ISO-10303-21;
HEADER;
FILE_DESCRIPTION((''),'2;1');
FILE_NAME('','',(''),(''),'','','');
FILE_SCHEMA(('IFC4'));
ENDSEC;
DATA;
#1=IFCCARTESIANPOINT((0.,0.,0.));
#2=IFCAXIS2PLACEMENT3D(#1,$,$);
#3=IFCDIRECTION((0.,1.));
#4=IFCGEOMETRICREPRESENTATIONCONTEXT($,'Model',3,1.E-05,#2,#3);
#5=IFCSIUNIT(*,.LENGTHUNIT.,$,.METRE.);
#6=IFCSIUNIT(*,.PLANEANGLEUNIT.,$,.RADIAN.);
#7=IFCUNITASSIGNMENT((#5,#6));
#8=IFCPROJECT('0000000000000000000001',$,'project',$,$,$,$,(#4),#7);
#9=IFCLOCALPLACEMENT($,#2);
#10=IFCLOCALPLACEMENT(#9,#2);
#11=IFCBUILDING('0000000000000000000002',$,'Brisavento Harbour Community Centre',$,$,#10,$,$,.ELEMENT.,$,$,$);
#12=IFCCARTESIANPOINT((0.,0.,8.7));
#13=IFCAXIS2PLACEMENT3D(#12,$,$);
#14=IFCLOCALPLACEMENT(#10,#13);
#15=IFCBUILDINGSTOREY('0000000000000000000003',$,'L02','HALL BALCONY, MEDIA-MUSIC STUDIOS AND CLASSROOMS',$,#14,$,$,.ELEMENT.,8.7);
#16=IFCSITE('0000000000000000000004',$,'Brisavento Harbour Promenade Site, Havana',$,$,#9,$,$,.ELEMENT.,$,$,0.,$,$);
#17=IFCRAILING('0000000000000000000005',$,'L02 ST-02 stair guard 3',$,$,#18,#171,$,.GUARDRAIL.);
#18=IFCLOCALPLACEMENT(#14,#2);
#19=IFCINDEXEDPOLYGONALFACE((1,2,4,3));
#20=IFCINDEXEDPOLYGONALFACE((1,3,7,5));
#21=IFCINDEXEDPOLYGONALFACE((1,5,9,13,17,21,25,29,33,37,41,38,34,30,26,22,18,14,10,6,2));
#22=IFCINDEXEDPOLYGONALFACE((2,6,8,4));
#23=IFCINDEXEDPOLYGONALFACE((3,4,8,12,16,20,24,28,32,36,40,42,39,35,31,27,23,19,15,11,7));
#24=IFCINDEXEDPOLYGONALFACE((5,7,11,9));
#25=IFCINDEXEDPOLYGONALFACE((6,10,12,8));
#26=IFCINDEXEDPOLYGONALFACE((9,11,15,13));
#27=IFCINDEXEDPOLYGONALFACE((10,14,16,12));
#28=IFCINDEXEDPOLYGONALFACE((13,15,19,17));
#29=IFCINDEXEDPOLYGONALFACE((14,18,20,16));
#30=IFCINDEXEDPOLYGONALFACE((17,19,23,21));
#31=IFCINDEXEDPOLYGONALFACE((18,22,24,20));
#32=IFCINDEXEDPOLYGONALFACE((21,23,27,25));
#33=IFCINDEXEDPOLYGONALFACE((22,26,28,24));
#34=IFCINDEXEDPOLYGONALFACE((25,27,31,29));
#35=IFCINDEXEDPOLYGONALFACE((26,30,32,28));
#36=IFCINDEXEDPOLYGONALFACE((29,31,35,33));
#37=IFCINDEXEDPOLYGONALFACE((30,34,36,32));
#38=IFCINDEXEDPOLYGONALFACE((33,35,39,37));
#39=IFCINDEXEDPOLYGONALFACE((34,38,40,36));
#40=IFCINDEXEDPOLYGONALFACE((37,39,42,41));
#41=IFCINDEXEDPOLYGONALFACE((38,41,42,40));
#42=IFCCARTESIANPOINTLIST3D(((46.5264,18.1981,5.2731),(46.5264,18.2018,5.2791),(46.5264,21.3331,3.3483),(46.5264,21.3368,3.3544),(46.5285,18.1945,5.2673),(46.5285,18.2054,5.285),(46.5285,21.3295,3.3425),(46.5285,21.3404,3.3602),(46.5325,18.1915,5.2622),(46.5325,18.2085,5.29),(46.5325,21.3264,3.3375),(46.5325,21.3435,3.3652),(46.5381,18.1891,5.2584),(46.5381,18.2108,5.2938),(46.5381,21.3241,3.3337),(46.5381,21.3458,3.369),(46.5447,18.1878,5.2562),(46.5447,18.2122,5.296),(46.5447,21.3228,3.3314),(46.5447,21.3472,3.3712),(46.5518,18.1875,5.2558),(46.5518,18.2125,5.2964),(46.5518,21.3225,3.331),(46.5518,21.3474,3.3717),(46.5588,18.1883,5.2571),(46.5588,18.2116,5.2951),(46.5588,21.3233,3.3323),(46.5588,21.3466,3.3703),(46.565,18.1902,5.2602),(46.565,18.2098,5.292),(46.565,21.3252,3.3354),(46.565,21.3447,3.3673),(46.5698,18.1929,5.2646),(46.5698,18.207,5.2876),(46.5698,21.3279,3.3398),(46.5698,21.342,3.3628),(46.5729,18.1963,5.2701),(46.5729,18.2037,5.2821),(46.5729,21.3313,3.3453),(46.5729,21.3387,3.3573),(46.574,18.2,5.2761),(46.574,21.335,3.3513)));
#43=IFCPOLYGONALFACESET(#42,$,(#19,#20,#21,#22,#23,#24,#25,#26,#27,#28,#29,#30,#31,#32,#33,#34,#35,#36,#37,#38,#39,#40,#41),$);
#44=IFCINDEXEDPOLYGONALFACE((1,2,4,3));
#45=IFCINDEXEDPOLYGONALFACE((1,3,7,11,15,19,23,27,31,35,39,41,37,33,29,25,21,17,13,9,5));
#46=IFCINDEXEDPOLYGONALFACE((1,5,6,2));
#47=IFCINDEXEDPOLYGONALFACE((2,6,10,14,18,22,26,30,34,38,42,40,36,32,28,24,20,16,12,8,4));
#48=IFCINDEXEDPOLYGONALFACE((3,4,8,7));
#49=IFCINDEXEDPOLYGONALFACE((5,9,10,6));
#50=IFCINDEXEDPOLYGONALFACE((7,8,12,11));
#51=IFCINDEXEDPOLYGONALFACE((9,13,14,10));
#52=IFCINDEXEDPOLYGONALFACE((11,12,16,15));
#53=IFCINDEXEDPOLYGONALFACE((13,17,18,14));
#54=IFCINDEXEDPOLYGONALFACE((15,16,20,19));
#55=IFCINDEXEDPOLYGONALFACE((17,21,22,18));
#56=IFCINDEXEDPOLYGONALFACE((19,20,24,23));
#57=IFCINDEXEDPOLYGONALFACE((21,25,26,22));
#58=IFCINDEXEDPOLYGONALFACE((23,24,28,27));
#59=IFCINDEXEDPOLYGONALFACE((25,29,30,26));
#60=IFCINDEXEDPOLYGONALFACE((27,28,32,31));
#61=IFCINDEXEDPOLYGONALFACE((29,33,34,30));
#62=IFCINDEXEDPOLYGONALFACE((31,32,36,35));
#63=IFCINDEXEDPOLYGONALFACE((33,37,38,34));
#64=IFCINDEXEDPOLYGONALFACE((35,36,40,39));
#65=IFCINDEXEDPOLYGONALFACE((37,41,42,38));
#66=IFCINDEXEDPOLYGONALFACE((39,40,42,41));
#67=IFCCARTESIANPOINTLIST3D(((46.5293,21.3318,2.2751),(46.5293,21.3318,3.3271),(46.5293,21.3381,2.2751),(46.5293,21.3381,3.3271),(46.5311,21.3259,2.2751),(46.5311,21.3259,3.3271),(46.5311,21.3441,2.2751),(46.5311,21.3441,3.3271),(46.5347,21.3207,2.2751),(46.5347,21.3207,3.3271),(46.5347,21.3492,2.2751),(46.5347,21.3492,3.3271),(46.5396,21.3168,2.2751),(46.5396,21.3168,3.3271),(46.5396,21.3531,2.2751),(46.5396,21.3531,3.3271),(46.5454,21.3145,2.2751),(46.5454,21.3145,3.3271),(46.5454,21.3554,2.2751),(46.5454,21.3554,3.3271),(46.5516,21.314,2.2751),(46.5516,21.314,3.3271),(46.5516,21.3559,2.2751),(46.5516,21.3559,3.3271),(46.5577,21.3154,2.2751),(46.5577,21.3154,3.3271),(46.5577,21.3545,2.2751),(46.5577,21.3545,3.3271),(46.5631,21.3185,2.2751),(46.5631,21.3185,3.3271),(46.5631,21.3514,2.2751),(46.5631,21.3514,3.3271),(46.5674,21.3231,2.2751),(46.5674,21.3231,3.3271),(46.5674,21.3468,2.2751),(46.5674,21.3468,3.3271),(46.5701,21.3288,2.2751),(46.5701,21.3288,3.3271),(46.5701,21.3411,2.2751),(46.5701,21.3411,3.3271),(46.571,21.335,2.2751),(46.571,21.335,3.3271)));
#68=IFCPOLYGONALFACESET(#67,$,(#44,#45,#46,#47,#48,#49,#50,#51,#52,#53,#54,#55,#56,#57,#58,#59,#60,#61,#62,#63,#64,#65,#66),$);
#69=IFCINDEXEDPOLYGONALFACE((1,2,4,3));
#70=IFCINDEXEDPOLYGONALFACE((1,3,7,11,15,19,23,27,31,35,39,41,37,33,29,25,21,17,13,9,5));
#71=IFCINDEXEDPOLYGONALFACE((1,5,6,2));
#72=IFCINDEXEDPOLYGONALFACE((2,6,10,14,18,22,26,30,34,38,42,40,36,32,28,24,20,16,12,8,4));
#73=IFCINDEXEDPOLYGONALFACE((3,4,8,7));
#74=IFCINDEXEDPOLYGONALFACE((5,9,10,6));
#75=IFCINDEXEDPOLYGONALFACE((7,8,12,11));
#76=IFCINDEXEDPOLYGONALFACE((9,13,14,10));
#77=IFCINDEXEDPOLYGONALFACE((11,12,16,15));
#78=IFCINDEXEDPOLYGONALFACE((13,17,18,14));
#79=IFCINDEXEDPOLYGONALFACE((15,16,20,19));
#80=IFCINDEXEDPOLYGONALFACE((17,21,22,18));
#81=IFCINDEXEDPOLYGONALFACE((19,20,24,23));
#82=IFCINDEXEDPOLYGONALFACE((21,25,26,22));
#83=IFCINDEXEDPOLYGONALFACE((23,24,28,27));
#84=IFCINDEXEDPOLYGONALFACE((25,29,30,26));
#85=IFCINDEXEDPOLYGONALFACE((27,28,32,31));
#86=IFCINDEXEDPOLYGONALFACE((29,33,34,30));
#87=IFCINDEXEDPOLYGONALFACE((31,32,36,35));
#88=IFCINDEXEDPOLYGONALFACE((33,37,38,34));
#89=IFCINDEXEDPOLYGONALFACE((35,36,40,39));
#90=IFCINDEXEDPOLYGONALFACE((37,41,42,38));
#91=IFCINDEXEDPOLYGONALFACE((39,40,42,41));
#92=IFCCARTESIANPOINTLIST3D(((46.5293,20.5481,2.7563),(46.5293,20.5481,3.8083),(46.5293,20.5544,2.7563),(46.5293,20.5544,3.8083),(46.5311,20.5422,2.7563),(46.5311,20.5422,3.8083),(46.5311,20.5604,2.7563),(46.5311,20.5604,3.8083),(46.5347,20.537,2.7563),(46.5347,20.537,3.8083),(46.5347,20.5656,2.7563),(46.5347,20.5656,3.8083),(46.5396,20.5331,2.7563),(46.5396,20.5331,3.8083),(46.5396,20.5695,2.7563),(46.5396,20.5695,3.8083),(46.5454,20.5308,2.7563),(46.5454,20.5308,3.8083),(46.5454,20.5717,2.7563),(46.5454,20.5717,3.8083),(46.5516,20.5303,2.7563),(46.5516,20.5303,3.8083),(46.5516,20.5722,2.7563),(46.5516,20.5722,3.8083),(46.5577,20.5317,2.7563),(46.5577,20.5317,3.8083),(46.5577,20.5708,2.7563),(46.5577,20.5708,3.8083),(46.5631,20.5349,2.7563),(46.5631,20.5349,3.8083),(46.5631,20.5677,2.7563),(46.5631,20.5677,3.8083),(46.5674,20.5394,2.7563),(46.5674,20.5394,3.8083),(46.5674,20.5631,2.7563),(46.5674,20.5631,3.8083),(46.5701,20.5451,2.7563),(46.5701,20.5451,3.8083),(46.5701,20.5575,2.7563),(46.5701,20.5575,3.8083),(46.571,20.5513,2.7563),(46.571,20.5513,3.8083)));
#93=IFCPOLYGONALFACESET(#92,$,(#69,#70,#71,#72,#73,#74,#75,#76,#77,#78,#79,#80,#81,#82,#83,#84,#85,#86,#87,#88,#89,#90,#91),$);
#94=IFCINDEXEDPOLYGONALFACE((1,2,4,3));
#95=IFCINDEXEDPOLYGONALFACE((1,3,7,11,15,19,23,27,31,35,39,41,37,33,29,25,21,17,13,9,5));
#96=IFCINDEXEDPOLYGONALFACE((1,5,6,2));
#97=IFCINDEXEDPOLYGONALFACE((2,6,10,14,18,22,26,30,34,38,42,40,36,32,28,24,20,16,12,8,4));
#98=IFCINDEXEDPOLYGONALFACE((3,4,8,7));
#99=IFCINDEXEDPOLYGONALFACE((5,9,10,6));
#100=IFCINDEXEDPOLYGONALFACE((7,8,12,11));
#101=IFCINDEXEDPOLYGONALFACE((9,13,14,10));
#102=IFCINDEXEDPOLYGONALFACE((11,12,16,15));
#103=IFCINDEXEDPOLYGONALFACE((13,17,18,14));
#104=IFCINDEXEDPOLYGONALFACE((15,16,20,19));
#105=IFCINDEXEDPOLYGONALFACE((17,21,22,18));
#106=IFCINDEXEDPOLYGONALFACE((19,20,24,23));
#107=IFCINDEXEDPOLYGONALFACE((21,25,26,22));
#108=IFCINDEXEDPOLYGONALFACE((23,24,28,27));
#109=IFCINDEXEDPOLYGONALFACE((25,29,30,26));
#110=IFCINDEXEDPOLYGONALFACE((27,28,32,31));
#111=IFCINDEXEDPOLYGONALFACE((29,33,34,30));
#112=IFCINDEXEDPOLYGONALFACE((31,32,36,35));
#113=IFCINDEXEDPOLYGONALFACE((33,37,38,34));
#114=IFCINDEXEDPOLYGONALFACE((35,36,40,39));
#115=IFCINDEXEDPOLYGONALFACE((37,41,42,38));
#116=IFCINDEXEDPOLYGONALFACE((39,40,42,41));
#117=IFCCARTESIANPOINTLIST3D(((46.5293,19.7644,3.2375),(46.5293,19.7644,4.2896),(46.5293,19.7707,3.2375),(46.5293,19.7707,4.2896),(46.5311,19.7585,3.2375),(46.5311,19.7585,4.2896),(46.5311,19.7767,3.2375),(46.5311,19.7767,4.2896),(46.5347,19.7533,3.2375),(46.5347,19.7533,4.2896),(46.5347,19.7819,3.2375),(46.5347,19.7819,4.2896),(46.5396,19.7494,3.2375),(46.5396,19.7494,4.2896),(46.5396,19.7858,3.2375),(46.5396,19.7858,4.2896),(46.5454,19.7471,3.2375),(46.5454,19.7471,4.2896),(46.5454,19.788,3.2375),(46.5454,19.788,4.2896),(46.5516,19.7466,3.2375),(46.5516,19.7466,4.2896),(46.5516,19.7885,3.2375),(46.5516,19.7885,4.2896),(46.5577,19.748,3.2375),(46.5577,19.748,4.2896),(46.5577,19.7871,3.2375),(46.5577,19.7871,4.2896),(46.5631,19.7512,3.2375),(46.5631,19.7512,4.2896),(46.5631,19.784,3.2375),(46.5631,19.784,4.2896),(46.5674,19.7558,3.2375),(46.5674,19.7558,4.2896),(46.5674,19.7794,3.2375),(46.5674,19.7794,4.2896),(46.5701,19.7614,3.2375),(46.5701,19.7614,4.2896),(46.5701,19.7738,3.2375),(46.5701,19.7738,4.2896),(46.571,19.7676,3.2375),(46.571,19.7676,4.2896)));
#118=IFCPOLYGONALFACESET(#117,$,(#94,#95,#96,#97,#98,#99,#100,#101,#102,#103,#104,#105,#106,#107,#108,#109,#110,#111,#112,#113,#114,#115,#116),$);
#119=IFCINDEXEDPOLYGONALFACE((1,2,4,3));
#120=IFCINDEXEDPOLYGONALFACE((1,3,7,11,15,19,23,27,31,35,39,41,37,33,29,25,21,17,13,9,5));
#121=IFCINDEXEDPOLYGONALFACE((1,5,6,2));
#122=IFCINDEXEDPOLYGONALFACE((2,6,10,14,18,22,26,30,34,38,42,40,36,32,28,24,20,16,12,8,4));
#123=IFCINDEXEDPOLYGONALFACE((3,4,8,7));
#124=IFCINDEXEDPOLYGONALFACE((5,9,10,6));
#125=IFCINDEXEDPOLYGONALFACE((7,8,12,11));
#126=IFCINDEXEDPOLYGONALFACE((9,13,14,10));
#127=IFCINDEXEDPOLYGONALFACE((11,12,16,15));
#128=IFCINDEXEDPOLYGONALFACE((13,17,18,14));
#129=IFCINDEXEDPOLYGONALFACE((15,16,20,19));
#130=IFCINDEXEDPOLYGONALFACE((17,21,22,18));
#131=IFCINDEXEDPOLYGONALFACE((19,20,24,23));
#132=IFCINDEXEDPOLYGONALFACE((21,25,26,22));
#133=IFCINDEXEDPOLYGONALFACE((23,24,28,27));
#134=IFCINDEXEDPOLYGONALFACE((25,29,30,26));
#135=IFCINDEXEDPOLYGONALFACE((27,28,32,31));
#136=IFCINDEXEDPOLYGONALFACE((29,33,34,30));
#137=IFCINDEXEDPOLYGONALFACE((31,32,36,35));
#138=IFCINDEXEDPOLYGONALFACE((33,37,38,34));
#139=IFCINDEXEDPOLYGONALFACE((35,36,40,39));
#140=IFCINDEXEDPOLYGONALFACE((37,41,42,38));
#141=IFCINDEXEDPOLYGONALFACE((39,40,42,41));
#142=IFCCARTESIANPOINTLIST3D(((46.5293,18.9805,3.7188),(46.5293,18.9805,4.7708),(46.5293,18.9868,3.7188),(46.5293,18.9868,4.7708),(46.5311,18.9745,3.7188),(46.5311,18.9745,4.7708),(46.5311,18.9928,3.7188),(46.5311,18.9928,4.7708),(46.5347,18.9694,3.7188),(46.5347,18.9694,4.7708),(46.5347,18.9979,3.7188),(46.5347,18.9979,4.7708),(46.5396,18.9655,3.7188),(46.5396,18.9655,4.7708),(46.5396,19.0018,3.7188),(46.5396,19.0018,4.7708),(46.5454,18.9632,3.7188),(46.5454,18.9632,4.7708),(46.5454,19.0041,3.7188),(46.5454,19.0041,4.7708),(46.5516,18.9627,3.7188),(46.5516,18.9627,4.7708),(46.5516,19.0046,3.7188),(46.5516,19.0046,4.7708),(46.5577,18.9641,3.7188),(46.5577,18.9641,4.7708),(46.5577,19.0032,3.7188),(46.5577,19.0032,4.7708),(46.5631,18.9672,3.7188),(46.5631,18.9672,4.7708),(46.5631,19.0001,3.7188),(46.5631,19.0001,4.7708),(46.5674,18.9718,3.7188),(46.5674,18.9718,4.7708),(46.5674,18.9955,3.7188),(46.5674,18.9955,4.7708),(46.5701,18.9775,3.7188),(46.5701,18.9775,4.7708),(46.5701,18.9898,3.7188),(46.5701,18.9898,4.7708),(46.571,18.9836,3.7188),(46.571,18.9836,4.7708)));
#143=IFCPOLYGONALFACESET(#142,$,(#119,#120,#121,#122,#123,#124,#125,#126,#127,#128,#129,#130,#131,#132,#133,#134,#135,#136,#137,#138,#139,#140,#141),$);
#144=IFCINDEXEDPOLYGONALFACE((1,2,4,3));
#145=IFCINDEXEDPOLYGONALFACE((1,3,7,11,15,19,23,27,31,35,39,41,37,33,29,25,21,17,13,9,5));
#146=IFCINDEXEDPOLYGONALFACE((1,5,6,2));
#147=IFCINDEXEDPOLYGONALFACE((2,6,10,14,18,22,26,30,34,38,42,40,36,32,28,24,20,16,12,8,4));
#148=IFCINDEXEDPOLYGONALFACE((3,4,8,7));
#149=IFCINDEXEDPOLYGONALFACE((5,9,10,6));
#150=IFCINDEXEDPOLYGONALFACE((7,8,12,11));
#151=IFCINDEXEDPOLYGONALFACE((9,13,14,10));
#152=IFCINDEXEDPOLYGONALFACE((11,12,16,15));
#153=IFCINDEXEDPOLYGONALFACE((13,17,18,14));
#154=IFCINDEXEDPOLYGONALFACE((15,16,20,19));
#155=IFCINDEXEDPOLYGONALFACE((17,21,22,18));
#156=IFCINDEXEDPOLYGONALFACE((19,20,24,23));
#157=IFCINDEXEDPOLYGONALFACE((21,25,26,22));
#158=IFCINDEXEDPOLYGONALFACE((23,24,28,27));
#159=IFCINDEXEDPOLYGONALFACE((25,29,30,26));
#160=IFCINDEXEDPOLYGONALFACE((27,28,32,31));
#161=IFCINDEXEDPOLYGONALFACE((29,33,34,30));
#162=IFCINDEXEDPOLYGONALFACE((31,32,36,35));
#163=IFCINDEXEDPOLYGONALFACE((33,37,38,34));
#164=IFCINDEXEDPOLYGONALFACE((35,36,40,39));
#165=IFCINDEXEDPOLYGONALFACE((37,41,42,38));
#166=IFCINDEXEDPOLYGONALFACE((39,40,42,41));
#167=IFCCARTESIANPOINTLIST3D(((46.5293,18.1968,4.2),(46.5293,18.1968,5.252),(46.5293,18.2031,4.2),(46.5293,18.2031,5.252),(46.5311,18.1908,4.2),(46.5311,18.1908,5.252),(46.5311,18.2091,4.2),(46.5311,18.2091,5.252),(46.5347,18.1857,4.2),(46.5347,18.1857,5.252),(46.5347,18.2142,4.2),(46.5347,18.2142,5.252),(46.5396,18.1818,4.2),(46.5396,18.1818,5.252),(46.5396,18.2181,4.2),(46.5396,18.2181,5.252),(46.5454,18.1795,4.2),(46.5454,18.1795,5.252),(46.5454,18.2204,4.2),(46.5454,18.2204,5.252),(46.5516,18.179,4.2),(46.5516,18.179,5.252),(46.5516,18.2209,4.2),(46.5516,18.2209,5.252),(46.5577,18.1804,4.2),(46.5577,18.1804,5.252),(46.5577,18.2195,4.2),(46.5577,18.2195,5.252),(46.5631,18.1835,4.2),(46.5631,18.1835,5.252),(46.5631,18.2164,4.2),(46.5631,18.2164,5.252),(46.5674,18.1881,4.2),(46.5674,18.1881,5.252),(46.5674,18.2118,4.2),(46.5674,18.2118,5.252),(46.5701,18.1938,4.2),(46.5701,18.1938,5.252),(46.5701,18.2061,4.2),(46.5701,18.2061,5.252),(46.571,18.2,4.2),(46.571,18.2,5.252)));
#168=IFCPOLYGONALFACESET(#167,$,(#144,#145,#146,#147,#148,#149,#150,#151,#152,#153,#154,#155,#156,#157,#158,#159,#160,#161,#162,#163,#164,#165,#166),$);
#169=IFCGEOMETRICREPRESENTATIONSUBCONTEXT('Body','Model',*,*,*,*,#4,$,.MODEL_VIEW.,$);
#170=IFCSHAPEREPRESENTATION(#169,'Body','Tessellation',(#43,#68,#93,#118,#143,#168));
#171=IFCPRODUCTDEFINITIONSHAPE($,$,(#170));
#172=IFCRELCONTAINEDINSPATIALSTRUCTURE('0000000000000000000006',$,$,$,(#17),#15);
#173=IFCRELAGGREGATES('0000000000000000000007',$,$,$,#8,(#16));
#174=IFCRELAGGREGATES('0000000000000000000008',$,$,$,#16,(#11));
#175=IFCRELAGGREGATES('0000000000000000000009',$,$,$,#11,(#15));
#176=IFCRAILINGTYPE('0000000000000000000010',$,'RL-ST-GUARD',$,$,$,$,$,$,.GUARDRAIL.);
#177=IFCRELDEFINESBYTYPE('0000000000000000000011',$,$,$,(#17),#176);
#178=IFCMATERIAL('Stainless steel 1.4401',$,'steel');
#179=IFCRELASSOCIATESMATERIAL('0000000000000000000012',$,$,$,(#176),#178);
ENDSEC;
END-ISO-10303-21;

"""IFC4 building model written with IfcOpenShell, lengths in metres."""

from ifc_helpers import new_model, si_unit, direction, frame, origin, origin_2d, place, context, subcontext, project, spatial, circle, extrude, material, type_object, element, save


model = new_model("IFC4")

# Units and contexts
model_context = context("Model", 3, precision=1e-05, world=origin(), true_north=direction((0.0, 1.0)))
body_context = subcontext(model_context, "Body", "Model", "MODEL_VIEW")
ifc_project = project(units=[si_unit("LENGTHUNIT", "METRE"), si_unit("PLANEANGLEUNIT", "RADIAN")], contexts=[model_context])

# Site, building, storey
site_placement = place(None, origin())
site = spatial("IfcSite", under=ifc_project, at=site_placement, Name="Brisavento Harbour Promenade Site, Havana", CompositionType="ELEMENT", RefElevation=0.0)
building_placement = place(site_placement, origin())
building = spatial("IfcBuilding", under=site, at=building_placement, Name="Brisavento Harbour Community Centre", CompositionType="ELEMENT")
storey_placement = place(building_placement, frame((0.0, 0.0, 8.7)))
storey = spatial("IfcBuildingStorey", under=building, at=storey_placement, Name="L02", Description="HALL BALCONY, MEDIA-MUSIC STUDIOS AND CLASSROOMS", CompositionType="ELEMENT", Elevation=8.7)

# Railing
ifc_material_1 = material(Name="Stainless steel 1.4401", Category="steel")
railing_type_1 = type_object("IfcRailingType", Name="RL-ST-GUARD", PredefinedType="GUARDRAIL", material=ifc_material_1)
railing_1_placement = place(storey_placement, frame((46.55, 21.335, 2.2751)))
element("IfcRailing", 1, at=railing_1_placement, inside=storey, type_object=railing_type_1, Name="L02 ST-02 stair guard 3", PredefinedType="GUARDRAIL", context=body_context, shape_type="SweptSolid", body=[
    extrude(circle(Radius=0.0239, at=origin_2d()), frame((0.0, 0.0, 1.0762), z_axis=(0.0, -0.852196, 0.523223), x_axis=(1.0, 0.0, 0.0)), (0.0, 0.0, 1.0), 3.6787),
    extrude(circle(Radius=0.021, at=origin_2d()), origin(), (0.0, 0.0, 1.0), 1.052),
    extrude(circle(Radius=0.021, at=origin_2d()), frame((0.0, -0.7837, 0.4812)), (0.0, 0.0, 1.0), 1.052),
    extrude(circle(Radius=0.021, at=origin_2d()), frame((0.0, -1.5674, 0.9624)), (0.0, 0.0, 1.0), 1.052),
    extrude(circle(Radius=0.021, at=origin_2d()), frame((0.0, -2.3513, 1.4436)), (0.0, 0.0, 1.0), 1.052),
    extrude(circle(Radius=0.021, at=origin_2d()), frame((0.0, -3.135, 1.9248)), (0.0, 0.0, 1.0), 1.052),
])

save(model, "model.ifc")
